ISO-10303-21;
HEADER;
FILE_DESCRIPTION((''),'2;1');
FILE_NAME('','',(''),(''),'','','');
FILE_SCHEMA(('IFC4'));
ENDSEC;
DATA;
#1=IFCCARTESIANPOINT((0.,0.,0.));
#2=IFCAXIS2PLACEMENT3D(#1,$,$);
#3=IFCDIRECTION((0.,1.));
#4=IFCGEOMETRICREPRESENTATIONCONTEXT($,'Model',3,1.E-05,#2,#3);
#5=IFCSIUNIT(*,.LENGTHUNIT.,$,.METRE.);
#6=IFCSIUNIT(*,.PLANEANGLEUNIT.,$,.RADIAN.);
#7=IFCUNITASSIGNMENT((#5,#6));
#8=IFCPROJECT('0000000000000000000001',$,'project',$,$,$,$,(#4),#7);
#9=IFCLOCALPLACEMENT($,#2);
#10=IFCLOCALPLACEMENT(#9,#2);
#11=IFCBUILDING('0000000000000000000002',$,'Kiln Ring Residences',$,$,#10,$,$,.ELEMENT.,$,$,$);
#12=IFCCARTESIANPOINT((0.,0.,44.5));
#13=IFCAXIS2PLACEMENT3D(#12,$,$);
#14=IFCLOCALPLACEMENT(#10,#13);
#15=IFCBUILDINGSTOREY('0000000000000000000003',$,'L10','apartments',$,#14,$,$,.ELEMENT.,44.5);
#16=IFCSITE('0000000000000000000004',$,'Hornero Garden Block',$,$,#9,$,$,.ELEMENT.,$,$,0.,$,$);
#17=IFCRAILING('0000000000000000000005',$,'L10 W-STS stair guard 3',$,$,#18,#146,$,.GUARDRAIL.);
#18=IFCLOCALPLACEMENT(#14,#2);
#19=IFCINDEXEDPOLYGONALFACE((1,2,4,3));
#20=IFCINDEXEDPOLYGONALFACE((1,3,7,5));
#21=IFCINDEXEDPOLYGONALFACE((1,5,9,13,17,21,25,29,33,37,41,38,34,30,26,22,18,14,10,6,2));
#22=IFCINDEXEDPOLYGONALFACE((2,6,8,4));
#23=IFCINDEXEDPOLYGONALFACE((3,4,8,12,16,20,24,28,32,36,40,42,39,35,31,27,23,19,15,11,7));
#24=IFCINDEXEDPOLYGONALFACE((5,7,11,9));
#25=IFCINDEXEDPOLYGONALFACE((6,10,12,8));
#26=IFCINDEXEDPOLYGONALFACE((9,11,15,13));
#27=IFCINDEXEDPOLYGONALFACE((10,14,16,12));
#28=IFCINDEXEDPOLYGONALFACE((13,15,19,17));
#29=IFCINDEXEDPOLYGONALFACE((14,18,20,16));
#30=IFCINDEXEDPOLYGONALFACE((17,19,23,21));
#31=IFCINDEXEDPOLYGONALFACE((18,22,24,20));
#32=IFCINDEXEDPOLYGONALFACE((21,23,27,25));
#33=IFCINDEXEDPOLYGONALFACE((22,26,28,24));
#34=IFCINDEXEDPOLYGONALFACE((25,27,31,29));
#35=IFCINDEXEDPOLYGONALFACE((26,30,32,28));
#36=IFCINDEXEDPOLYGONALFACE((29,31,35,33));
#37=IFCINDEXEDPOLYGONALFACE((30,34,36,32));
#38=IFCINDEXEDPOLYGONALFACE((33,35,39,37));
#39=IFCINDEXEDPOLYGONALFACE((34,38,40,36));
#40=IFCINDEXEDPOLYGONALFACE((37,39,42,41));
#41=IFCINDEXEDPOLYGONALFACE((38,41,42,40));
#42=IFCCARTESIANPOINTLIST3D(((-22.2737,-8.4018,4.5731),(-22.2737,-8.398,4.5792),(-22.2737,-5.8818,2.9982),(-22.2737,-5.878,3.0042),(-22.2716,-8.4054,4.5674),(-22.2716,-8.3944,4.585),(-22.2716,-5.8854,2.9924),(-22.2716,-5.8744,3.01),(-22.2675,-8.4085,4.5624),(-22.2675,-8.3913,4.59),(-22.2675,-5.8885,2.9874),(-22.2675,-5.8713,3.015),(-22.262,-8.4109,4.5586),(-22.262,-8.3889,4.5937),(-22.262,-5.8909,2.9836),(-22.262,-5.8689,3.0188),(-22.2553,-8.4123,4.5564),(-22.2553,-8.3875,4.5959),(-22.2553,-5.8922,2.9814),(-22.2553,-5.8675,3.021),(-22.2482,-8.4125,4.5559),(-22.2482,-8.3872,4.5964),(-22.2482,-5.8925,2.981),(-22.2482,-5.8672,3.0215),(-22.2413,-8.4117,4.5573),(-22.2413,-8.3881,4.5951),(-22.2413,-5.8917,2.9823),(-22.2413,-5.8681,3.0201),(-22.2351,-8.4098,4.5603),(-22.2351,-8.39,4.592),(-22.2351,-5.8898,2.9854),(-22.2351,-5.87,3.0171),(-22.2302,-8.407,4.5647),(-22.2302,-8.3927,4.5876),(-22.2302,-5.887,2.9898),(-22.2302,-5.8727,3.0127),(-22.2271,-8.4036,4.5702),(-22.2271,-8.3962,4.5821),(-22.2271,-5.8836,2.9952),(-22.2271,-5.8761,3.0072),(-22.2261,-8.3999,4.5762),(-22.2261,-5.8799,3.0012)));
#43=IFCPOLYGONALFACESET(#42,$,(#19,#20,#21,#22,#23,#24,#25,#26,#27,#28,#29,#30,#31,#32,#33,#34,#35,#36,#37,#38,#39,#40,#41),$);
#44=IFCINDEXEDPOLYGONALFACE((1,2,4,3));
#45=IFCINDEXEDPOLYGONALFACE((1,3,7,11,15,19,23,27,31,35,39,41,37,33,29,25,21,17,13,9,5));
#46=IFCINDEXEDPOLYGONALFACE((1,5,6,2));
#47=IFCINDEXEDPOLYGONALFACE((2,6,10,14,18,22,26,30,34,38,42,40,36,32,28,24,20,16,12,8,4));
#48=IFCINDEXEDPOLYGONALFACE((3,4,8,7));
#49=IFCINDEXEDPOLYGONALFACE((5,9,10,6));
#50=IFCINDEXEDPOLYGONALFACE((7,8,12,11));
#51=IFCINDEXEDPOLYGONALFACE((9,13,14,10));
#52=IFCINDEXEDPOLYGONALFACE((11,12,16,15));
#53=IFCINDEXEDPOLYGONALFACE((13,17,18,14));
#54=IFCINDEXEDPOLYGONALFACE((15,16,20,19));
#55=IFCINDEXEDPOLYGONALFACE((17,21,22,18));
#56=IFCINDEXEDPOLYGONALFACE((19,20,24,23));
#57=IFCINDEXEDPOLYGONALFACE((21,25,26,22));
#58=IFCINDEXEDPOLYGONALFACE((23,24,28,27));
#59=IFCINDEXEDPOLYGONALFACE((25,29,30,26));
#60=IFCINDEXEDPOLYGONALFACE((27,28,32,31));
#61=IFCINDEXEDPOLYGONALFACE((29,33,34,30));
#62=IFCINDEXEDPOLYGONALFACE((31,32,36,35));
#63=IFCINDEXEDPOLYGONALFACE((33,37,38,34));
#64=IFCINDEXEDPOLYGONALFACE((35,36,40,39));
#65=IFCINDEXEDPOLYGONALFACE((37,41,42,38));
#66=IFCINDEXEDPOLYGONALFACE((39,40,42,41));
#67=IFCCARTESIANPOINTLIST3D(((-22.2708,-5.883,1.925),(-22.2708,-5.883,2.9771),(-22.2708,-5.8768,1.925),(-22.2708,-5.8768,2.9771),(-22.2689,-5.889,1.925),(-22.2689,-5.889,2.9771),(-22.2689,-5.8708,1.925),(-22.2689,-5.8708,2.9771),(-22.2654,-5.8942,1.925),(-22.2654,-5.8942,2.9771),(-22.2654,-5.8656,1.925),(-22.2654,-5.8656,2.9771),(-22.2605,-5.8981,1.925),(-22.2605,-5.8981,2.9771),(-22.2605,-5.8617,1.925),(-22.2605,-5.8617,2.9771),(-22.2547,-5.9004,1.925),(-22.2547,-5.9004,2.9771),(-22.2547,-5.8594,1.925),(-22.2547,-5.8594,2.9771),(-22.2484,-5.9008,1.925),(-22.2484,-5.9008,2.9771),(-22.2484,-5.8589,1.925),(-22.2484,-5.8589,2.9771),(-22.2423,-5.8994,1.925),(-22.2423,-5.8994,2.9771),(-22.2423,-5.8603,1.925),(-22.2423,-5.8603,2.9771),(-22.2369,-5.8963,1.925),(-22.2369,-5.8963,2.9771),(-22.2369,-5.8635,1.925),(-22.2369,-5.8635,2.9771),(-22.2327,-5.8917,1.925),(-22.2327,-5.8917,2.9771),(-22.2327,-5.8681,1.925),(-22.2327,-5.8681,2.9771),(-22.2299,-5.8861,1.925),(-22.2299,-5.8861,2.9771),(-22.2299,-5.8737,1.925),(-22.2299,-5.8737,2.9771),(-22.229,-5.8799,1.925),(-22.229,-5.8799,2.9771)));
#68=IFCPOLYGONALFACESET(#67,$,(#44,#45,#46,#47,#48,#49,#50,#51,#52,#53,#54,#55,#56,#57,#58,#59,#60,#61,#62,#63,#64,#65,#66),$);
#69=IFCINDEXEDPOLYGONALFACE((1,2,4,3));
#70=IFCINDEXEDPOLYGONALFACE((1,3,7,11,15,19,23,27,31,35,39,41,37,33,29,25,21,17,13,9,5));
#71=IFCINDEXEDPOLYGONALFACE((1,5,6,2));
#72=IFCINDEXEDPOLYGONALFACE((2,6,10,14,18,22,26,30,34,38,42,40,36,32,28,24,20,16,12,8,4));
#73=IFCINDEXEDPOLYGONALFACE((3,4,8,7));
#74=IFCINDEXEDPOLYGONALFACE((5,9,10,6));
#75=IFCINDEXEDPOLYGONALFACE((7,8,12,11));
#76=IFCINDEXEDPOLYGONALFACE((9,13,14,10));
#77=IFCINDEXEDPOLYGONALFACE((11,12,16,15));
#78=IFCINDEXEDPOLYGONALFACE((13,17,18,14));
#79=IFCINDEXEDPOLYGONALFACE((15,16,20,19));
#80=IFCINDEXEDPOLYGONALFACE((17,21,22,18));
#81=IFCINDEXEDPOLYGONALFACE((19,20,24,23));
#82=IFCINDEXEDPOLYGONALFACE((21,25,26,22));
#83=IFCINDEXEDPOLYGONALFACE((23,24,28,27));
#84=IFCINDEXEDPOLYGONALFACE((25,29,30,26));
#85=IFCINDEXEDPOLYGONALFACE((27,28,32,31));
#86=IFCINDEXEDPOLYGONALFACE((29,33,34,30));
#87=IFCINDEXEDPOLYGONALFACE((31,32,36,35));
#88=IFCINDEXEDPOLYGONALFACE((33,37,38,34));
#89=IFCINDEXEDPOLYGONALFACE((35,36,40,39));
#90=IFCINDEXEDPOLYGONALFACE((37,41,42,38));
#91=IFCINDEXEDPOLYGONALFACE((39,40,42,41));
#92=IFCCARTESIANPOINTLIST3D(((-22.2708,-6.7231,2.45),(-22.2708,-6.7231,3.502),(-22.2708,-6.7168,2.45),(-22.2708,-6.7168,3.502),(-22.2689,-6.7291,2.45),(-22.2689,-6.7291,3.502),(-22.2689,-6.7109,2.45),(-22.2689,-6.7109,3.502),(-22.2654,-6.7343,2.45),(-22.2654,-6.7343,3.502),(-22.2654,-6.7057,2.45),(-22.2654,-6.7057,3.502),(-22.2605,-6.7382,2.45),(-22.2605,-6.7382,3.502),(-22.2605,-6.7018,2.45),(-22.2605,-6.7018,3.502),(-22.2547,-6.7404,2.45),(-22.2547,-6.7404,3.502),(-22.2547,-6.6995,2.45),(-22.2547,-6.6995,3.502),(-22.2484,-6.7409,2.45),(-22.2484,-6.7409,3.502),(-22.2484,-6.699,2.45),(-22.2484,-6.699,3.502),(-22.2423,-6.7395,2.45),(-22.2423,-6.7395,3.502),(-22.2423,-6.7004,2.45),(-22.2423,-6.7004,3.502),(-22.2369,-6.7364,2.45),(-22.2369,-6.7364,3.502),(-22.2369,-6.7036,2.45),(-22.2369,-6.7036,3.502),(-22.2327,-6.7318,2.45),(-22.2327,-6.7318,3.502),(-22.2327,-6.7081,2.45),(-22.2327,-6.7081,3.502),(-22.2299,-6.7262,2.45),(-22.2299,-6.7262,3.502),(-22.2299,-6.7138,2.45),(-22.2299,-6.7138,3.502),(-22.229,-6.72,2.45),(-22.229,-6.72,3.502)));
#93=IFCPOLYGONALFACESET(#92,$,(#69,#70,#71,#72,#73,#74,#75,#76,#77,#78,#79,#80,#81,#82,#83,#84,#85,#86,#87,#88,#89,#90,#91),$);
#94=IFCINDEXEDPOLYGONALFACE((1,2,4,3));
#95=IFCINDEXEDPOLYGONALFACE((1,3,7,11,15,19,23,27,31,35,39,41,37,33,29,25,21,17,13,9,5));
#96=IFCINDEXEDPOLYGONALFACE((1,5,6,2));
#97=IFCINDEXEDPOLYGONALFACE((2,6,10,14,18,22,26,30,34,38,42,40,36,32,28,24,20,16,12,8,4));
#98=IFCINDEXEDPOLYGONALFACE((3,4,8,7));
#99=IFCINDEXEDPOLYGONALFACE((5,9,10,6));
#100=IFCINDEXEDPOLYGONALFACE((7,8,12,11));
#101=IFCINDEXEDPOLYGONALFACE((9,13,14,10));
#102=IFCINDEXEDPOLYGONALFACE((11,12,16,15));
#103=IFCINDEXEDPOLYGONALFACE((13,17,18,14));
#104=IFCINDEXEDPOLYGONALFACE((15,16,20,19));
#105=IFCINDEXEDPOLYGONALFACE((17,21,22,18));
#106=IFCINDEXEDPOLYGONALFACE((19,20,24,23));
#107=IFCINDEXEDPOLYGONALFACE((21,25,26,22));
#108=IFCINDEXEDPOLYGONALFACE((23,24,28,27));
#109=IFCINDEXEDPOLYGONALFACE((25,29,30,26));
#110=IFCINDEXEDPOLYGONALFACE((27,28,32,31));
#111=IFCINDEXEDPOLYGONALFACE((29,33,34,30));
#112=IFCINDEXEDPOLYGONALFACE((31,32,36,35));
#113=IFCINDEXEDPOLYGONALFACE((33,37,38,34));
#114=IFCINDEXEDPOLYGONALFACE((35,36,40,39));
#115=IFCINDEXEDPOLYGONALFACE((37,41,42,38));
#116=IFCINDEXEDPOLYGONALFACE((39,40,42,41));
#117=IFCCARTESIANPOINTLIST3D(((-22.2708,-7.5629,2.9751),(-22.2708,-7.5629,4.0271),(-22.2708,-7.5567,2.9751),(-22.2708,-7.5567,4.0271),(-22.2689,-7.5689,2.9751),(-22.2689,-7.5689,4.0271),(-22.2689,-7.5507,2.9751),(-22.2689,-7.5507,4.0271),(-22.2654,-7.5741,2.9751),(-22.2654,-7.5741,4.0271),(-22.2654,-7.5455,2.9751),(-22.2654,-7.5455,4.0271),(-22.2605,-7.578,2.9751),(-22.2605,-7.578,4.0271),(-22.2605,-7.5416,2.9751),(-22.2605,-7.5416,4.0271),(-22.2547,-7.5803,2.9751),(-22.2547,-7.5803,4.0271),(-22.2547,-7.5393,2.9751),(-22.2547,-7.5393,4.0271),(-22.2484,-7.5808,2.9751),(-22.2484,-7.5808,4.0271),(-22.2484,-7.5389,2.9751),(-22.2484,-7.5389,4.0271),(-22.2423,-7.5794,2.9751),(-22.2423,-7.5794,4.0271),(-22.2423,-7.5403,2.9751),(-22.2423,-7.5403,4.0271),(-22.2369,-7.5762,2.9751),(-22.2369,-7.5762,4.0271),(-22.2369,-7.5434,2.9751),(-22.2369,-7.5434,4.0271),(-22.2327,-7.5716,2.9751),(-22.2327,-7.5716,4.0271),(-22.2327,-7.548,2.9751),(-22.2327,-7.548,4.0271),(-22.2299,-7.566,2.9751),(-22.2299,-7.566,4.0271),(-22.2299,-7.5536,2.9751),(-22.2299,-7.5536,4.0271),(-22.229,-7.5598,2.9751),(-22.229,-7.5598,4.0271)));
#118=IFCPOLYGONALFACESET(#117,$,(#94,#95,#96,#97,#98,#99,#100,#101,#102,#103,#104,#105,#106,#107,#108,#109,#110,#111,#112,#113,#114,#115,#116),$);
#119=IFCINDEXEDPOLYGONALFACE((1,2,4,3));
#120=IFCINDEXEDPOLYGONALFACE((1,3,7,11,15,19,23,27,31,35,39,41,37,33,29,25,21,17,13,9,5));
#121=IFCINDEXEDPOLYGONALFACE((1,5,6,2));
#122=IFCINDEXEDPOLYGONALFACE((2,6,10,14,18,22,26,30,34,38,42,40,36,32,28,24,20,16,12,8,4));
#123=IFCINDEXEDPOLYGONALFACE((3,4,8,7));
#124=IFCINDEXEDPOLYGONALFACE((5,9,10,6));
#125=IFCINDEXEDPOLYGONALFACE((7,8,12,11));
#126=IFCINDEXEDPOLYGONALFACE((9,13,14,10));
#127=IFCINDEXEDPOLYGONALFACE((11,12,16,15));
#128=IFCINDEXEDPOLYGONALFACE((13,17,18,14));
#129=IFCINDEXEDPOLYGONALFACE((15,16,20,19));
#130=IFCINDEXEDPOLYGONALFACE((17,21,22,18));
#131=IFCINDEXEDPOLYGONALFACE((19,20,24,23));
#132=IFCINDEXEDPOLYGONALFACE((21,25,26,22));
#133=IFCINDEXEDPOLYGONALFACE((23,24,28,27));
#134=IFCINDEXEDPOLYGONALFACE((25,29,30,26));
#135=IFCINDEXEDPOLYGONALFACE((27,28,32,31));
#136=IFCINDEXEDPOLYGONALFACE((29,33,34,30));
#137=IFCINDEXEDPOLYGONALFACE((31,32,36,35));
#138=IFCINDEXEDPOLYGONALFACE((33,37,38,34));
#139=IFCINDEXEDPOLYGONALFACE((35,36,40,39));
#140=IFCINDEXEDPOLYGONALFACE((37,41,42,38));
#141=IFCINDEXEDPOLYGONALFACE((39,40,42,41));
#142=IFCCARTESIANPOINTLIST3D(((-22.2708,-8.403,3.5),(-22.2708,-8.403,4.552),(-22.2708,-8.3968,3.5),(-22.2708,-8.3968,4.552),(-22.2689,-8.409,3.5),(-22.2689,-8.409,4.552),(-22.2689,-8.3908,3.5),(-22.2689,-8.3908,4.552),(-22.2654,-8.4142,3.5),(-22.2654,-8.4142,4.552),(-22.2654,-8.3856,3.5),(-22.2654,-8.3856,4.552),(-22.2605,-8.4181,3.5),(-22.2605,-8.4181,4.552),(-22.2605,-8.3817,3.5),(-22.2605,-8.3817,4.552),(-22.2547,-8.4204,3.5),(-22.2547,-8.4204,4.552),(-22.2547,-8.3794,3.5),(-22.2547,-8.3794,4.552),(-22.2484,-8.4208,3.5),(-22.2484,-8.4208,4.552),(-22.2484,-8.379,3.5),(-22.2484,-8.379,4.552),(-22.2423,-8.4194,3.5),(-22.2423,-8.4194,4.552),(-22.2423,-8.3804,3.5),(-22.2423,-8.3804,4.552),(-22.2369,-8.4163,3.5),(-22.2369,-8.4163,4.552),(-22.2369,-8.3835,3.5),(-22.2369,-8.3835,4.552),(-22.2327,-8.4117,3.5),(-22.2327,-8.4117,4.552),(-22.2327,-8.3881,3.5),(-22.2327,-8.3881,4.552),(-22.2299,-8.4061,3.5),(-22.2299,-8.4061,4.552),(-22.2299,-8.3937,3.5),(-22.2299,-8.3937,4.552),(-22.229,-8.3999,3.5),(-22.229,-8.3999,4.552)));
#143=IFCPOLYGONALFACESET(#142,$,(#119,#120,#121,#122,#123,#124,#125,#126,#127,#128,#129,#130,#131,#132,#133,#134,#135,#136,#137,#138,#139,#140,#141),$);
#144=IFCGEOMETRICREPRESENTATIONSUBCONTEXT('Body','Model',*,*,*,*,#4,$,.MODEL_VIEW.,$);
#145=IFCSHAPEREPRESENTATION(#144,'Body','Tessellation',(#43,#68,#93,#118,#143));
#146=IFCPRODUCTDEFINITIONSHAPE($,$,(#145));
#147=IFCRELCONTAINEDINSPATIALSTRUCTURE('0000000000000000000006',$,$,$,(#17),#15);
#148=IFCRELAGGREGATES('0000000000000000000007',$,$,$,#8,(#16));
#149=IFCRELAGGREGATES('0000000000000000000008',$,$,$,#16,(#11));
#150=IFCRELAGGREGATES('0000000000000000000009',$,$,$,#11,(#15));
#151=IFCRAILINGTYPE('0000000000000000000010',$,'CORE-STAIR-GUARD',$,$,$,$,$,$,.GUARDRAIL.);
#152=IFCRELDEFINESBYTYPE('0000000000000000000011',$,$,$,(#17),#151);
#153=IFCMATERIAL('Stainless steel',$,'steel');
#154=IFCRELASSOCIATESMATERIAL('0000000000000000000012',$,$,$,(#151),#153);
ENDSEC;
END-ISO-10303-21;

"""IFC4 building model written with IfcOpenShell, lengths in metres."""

from ifc_helpers import new_model, si_unit, direction, frame, origin, origin_2d, place, context, subcontext, project, spatial, circle, extrude, material, type_object, element, save


model = new_model("IFC4")

# Units and contexts
model_context = context("Model", 3, precision=1e-05, world=origin(), true_north=direction((0.0, 1.0)))
body_context = subcontext(model_context, "Body", "Model", "MODEL_VIEW")
ifc_project = project(units=[si_unit("LENGTHUNIT", "METRE"), si_unit("PLANEANGLEUNIT", "RADIAN")], contexts=[model_context])

# Site, building, storey
site_placement = place(None, origin())
site = spatial("IfcSite", under=ifc_project, at=site_placement, Name="Hornero Garden Block", CompositionType="ELEMENT", RefElevation=0.0)
building_placement = place(site_placement, origin())
building = spatial("IfcBuilding", under=site, at=building_placement, Name="Kiln Ring Residences", CompositionType="ELEMENT")
storey_placement = place(building_placement, frame((0.0, 0.0, 44.5)))
storey = spatial("IfcBuildingStorey", under=building, at=storey_placement, Name="L10", Description="apartments", CompositionType="ELEMENT", Elevation=44.5)

# Railing
ifc_material_1 = material(Name="Stainless steel", Category="steel")
railing_type_1 = type_object("IfcRailingType", Name="CORE-STAIR-GUARD", PredefinedType="GUARDRAIL", material=ifc_material_1)
railing_1_placement = place(storey_placement, frame((-22.25, -5.8799, 1.925)))
element("IfcRailing", 1, at=railing_1_placement, inside=storey, type_object=railing_type_1, Name="L10 W-STS stair guard 3", PredefinedType="GUARDRAIL", context=body_context, shape_type="SweptSolid", body=[
    extrude(circle(Radius=0.0239, at=origin_2d()), frame((0.0, 0.0, 1.0762), z_axis=(0.0, -0.848008, 0.529984), x_axis=(1.0, 0.0, 0.0)), (0.0, 0.0, 1.0), 2.9717),
    extrude(circle(Radius=0.021, at=origin_2d()), origin(), (0.0, 0.0, 1.0), 1.052),
    extrude(circle(Radius=0.021, at=origin_2d()), frame((0.0, -0.8401, 0.5249)), (0.0, 0.0, 1.0), 1.052),
    extrude(circle(Radius=0.021, at=origin_2d()), frame((0.0, -1.6799, 1.05)), (0.0, 0.0, 1.0), 1.052),
    extrude(circle(Radius=0.021, at=origin_2d()), frame((0.0, -2.52, 1.575)), (0.0, 0.0, 1.0), 1.052),
])

save(model, "model.ifc")
